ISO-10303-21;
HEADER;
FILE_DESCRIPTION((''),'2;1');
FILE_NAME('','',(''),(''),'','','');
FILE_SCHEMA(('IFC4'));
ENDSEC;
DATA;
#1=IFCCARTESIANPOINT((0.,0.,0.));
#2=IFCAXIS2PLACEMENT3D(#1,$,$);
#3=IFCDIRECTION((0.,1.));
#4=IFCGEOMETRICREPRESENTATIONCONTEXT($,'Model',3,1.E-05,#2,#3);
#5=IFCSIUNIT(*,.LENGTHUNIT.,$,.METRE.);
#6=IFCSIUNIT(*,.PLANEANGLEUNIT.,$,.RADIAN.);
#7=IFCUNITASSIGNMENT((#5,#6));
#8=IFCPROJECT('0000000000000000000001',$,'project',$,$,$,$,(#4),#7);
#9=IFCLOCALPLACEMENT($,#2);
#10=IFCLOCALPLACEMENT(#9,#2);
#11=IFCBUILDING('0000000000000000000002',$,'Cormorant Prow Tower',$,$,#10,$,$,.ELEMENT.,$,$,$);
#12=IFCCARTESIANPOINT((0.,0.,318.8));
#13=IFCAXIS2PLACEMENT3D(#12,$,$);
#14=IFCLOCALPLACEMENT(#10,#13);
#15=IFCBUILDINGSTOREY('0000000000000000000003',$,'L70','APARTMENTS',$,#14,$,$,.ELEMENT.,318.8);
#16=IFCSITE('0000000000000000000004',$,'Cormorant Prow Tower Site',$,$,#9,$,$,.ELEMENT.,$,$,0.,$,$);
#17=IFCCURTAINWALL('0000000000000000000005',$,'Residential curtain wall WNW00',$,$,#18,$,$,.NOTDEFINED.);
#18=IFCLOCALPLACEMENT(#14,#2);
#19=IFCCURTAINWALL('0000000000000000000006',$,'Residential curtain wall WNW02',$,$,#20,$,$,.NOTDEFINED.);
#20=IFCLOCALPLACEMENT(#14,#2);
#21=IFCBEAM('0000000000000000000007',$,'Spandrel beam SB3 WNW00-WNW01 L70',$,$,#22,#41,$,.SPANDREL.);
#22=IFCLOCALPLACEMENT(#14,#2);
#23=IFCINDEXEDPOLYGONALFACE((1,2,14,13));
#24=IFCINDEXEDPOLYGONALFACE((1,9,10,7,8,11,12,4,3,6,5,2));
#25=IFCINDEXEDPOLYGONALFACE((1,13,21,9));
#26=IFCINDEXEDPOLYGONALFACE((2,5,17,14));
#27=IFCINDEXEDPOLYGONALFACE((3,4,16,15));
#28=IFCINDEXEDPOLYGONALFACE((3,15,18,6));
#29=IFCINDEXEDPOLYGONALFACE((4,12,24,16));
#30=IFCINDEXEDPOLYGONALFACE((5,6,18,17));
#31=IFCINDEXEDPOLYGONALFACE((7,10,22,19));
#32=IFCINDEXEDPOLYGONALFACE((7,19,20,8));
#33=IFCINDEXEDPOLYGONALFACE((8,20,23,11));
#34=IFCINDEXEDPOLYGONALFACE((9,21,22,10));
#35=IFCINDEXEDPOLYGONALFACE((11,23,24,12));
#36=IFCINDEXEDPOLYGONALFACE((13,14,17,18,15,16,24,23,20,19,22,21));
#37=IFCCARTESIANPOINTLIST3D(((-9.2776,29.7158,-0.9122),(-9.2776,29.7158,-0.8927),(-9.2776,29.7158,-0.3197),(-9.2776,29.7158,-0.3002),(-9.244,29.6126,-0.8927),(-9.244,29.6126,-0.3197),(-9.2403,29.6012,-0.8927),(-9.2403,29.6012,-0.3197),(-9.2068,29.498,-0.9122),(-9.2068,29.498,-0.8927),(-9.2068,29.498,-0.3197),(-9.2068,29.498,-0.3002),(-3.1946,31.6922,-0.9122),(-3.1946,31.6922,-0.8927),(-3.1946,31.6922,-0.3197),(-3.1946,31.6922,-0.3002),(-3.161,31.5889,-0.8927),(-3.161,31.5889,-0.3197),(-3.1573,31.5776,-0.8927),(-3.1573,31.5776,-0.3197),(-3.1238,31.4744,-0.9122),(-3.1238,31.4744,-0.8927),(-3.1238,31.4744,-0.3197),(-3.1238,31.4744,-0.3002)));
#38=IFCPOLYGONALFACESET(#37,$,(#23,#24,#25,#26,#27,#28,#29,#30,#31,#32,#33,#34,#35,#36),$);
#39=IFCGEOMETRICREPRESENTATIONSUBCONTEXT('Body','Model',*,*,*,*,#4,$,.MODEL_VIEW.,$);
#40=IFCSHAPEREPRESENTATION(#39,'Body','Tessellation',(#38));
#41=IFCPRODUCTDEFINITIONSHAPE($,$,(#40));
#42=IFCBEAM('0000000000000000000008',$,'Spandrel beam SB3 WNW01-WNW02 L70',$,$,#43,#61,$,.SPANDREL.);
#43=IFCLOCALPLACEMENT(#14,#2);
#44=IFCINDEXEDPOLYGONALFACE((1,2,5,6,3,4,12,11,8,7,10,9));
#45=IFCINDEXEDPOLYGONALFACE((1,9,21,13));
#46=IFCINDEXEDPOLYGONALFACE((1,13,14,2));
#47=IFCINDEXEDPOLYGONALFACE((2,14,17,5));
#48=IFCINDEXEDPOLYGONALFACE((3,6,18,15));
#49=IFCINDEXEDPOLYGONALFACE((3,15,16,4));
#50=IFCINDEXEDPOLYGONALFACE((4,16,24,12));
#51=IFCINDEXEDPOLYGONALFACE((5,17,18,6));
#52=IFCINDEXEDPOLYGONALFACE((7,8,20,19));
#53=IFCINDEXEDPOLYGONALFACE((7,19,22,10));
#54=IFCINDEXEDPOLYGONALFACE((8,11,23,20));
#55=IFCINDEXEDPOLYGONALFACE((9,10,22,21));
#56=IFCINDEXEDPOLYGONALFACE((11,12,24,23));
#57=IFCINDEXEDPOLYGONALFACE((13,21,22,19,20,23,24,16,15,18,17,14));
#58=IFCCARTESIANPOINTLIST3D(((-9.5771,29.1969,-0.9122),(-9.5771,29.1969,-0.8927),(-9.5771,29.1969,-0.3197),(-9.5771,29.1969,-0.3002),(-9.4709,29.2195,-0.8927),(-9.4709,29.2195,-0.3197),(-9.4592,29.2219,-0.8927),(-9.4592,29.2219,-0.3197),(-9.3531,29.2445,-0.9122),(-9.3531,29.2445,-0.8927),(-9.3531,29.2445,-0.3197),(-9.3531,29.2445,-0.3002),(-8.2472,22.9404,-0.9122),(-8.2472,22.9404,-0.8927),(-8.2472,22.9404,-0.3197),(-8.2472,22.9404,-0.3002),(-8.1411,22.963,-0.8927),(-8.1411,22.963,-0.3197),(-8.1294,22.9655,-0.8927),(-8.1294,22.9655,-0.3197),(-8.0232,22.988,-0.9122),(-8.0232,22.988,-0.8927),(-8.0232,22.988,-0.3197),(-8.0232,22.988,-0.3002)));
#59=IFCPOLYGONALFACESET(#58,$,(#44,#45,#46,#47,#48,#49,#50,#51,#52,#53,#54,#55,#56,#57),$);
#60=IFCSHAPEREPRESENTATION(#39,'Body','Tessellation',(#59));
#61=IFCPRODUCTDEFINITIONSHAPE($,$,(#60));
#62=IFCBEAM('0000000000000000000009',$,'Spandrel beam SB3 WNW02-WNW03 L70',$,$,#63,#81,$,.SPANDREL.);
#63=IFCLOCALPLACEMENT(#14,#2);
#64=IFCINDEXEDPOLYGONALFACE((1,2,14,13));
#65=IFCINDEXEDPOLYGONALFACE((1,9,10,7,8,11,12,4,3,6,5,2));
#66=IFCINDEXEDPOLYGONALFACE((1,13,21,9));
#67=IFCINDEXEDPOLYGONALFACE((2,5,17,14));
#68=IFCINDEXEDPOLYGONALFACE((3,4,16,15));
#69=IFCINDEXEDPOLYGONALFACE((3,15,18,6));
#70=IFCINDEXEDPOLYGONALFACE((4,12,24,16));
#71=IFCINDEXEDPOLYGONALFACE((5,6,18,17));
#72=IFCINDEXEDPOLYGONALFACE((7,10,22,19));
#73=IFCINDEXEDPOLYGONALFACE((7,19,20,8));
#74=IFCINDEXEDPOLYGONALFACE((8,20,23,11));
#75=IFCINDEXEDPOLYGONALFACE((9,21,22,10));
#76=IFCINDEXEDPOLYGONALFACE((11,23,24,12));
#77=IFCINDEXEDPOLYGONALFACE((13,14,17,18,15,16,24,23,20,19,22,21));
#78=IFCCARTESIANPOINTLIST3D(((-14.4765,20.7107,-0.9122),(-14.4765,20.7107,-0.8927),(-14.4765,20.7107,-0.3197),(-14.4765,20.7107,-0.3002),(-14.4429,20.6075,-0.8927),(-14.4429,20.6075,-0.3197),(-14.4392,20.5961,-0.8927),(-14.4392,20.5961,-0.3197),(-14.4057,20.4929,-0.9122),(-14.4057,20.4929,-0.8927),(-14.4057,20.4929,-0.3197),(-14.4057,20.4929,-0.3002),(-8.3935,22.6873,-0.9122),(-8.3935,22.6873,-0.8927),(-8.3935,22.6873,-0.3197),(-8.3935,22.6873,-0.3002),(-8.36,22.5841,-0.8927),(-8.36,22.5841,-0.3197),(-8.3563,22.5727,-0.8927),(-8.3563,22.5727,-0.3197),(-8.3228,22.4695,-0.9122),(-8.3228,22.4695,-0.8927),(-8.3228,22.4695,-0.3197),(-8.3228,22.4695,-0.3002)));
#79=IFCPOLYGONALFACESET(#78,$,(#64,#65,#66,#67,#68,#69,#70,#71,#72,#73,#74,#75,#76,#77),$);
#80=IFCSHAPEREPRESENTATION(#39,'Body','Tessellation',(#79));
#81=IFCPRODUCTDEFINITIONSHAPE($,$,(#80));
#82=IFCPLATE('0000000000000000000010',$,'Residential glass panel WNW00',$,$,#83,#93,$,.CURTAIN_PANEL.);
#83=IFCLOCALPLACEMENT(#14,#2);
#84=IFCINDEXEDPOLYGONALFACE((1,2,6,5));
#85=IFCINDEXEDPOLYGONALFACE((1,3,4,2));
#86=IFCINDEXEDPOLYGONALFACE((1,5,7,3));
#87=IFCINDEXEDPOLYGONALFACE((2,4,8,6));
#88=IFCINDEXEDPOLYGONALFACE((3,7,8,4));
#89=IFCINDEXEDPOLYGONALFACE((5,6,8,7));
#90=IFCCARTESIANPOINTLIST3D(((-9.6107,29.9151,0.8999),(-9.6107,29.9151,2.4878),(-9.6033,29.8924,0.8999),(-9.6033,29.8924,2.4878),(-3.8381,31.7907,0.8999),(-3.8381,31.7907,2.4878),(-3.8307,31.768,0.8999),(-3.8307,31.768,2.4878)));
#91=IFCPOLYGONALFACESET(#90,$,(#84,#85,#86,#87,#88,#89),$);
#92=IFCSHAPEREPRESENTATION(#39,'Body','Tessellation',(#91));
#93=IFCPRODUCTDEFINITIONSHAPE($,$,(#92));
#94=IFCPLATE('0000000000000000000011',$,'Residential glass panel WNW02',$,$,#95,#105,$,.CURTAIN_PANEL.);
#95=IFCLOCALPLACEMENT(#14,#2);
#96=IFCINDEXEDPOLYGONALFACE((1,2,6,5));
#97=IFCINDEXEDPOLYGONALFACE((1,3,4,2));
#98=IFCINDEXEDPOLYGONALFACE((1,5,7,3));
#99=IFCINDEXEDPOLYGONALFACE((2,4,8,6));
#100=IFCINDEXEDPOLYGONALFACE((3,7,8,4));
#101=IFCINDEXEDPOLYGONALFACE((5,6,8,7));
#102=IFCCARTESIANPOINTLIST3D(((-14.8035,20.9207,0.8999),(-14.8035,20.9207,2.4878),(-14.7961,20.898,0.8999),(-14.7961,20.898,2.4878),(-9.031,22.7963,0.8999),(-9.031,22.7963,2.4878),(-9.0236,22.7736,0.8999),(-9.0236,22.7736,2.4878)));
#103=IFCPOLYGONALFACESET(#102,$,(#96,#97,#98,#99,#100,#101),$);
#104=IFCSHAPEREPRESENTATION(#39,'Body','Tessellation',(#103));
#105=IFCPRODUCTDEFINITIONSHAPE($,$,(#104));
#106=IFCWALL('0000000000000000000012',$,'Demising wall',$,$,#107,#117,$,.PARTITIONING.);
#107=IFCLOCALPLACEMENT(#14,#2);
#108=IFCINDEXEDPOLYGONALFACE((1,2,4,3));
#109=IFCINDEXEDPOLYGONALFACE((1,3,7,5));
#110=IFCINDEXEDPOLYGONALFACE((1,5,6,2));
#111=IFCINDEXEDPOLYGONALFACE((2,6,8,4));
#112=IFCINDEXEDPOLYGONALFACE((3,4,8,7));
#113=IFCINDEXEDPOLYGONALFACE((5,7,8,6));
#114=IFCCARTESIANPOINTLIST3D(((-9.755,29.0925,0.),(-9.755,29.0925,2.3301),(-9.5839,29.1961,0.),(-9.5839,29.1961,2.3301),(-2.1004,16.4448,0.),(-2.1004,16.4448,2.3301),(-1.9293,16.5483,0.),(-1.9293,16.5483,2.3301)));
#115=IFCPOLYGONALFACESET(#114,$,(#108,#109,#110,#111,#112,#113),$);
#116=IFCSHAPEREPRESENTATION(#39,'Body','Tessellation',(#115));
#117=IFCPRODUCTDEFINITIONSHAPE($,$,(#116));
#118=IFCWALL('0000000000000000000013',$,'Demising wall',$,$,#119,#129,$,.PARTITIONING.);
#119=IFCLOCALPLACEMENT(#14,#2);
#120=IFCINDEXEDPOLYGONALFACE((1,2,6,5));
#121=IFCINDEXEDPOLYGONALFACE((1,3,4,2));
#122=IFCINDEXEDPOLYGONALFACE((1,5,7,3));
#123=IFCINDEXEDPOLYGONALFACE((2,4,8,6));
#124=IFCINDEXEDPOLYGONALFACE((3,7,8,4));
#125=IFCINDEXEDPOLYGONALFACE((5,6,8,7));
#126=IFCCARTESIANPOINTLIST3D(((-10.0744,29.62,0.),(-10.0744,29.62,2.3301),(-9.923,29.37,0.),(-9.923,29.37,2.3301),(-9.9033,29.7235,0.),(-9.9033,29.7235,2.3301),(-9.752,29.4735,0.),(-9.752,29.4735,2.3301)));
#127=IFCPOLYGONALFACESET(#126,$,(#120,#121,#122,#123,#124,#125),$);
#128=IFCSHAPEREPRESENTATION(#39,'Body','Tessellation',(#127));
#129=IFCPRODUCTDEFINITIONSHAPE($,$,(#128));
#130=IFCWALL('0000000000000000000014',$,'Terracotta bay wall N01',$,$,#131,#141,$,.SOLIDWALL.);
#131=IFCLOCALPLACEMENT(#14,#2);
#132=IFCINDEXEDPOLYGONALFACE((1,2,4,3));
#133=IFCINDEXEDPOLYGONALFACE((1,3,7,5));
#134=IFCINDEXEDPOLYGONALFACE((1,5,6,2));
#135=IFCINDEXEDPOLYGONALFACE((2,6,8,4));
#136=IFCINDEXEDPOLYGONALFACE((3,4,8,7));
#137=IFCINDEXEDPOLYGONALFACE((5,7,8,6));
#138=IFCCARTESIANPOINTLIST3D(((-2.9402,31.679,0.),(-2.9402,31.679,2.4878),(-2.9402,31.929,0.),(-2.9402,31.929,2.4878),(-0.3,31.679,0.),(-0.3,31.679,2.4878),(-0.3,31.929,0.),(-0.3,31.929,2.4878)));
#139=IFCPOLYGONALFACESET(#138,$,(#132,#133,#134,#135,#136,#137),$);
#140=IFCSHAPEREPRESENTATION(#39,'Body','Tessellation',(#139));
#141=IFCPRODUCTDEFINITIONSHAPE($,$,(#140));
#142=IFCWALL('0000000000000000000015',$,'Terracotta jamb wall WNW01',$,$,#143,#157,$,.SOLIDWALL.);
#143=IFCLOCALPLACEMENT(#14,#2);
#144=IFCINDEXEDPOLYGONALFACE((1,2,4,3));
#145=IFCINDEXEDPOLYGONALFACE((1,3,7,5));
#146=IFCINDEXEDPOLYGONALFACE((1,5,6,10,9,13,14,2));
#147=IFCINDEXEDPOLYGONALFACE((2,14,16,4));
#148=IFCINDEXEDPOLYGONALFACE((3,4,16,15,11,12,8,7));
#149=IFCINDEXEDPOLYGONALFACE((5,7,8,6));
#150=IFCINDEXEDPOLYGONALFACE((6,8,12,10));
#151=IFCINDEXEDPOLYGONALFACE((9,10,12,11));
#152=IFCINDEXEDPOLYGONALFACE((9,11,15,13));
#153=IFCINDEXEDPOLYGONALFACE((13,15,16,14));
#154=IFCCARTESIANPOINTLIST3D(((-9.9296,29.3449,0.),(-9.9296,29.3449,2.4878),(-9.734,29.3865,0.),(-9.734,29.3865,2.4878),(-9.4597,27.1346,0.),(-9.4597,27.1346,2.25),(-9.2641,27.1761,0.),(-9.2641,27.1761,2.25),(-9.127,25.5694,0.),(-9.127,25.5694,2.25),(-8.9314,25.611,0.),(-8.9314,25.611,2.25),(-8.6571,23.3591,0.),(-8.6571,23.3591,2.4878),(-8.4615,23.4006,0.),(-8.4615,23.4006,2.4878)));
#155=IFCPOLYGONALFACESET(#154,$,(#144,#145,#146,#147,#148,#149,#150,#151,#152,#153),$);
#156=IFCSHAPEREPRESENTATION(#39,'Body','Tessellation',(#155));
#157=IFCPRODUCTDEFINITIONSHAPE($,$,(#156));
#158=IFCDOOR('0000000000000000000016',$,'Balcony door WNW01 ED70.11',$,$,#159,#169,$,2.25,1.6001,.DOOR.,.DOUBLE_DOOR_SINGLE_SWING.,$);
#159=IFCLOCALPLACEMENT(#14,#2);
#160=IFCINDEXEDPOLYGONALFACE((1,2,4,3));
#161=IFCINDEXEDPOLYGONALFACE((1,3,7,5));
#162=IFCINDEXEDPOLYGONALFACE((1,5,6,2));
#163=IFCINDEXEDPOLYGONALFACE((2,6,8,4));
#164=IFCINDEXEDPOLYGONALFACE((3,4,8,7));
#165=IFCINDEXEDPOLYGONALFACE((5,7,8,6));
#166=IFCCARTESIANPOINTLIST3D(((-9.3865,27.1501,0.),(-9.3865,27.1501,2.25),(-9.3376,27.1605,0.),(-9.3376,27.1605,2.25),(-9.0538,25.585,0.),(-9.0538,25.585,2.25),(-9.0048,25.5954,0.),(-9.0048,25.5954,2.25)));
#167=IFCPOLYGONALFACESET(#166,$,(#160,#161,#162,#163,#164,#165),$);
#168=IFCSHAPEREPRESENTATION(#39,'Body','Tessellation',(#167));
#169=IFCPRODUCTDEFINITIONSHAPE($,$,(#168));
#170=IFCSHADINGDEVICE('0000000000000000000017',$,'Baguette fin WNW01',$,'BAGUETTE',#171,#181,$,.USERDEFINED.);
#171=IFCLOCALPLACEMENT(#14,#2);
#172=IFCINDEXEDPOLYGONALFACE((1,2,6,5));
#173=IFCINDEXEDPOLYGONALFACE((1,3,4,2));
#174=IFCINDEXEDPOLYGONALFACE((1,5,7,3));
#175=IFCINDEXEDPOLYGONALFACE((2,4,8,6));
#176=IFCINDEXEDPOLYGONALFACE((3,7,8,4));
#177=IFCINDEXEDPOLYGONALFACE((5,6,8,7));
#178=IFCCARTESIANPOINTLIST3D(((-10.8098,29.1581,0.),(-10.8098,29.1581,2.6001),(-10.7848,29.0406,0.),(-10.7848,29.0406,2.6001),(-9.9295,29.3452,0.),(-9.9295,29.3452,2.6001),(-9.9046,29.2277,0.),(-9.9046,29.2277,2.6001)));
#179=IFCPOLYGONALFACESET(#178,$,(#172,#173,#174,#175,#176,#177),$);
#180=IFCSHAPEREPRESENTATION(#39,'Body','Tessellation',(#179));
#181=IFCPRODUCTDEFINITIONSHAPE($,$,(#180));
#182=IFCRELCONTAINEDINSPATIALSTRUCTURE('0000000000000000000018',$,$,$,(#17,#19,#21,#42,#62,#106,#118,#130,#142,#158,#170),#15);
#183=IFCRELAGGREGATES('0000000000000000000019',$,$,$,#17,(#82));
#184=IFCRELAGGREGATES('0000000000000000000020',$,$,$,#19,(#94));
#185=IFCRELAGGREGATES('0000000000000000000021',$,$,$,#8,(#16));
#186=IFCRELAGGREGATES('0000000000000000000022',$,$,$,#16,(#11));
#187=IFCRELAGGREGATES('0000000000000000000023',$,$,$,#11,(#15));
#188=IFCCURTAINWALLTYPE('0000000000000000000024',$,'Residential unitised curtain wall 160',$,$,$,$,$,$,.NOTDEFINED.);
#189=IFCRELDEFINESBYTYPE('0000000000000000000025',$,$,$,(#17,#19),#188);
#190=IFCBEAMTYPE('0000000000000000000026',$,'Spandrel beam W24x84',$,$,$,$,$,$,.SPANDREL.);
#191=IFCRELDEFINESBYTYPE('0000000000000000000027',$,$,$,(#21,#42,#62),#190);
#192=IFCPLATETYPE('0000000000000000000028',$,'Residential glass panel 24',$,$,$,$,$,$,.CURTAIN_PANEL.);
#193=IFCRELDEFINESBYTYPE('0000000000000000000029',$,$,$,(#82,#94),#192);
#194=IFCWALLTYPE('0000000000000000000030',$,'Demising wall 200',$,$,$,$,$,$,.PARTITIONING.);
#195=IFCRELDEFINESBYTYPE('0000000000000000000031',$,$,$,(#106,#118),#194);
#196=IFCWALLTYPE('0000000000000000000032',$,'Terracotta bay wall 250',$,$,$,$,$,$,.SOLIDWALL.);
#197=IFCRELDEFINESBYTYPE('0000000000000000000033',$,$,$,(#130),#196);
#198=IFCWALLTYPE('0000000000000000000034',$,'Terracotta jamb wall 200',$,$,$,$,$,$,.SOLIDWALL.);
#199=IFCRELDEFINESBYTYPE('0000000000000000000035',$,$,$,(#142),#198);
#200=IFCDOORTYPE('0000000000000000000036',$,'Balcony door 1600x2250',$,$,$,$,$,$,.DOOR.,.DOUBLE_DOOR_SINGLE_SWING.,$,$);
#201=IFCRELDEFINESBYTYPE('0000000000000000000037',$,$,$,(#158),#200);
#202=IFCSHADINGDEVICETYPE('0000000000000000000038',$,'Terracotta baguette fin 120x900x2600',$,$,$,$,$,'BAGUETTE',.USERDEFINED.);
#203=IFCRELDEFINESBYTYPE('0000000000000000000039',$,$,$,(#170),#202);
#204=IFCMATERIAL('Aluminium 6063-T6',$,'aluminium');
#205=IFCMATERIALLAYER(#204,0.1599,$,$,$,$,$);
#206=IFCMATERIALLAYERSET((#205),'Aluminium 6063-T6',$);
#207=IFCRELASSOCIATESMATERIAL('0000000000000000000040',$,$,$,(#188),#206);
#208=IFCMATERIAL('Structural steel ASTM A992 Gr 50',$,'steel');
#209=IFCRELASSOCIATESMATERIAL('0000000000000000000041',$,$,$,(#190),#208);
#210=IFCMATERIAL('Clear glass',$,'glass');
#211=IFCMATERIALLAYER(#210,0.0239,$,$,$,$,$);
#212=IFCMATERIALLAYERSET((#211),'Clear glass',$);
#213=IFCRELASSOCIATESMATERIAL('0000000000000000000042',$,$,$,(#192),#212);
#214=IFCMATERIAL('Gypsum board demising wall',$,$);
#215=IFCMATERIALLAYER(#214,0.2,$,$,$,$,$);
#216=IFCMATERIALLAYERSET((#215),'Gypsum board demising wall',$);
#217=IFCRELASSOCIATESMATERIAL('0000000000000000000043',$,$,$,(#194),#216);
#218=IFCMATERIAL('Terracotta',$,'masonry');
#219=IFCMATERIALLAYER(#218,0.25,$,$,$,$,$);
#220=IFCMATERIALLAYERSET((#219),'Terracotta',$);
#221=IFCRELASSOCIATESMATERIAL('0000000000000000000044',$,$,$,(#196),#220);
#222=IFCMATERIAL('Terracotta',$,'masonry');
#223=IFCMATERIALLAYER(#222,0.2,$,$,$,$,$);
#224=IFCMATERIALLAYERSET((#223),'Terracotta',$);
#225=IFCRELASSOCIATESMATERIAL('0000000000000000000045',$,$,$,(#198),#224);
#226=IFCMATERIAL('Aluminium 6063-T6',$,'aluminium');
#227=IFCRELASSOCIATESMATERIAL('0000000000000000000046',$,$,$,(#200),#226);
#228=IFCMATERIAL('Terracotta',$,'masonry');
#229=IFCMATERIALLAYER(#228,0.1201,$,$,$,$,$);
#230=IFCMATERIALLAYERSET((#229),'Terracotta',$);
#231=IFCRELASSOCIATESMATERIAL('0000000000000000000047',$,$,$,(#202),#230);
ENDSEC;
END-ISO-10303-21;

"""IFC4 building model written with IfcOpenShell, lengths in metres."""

from ifc_helpers import new_model, si_unit, direction, frame, frame_2d, origin, origin_2d, place, context, subcontext, project, spatial, rectangle, i_section, extrude, material, layer, layer_set, material_profile, profile_set, type_object, element, fill, aggregate, save


model = new_model("IFC4")

# Units and contexts
model_context = context("Model", 3, precision=1e-05, world=origin(), true_north=direction((0.0, 1.0)))
body_context = subcontext(model_context, "Body", "Model", "MODEL_VIEW")
ifc_project = project(units=[si_unit("LENGTHUNIT", "METRE"), si_unit("PLANEANGLEUNIT", "RADIAN")], contexts=[model_context])

# Site, building, storey
site_placement = place(None, origin())
site = spatial("IfcSite", under=ifc_project, at=site_placement, Name="Cormorant Prow Tower Site", CompositionType="ELEMENT", RefElevation=0.0)
building_placement = place(site_placement, origin())
building = spatial("IfcBuilding", under=site, at=building_placement, Name="Cormorant Prow Tower", CompositionType="ELEMENT")
storey_placement = place(building_placement, frame((0.0, 0.0, 318.8)))
storey = spatial("IfcBuildingStorey", under=building, at=storey_placement, Name="L70", Description="APARTMENTS", CompositionType="ELEMENT", Elevation=318.8)

# Curtain walls
ifc_material_1 = material(Name="Aluminium 6063-T6", Category="aluminium")
ifc_layer_1 = layer(ifc_material_1, 0.1599)
ifc_layer_set_1 = layer_set([ifc_layer_1], Name="Aluminium 6063-T6")
curtain_wall_type = type_object("IfcCurtainWallType", Name="Residential unitised curtain wall 160", PredefinedType="NOTDEFINED", material=ifc_layer_set_1)
curtain_wall_1_placement = place(storey_placement, origin())
curtain_wall_1 = element("IfcCurtainWall", 1, at=curtain_wall_1_placement, inside=storey, type_object=curtain_wall_type, Name="Residential curtain wall WNW00", PredefinedType="NOTDEFINED")
curtain_wall_2_placement = place(storey_placement, origin())
curtain_wall_2 = element("IfcCurtainWall", 2, at=curtain_wall_2_placement, inside=storey, type_object=curtain_wall_type, Name="Residential curtain wall WNW02", PredefinedType="NOTDEFINED")

# Beams
ifc_material_2 = material(Name="Structural steel ASTM A992 Gr 50", Category="steel")
ifc_material_profile_1 = material_profile(ifc_material_2, i_section(OverallWidth=0.229, OverallDepth=0.6121, WebThickness=0.012, FlangeThickness=0.0195, at=origin_2d()), Name="W24x84")
ifc_profile_set_1 = profile_set([ifc_material_profile_1], Name="Structural steel ASTM A992 Gr 50")
beam_type = type_object("IfcBeamType", Name="Spandrel beam W24x84", PredefinedType="SPANDREL", material=ifc_profile_set_1)
beam_1_placement = place(storey_placement, frame((-3.1592, 31.5833, -0.6062), z_axis=(-0.951064, -0.308993, 0.0), x_axis=(0.308993, -0.951064, 0.0)))
element("IfcBeam", 3, at=beam_1_placement, inside=storey, type_object=beam_type, Name="Spandrel beam SB3 WNW00-WNW01 L70", PredefinedType="SPANDREL", context=body_context, shape_type="SweptSolid", body=[
    extrude(i_section(OverallWidth=0.229, OverallDepth=0.6121, WebThickness=0.012, FlangeThickness=0.0195, at=origin_2d()), origin(), (0.0, 0.0, 1.0), 6.396),
])
beam_2_placement = place(storey_placement, frame((-9.4651, 29.2207, -0.6062), z_axis=(0.207913, -0.978147, 0.0), x_axis=(0.978147, 0.207913, 0.0)))
element("IfcBeam", 4, at=beam_2_placement, inside=storey, type_object=beam_type, Name="Spandrel beam SB3 WNW01-WNW02 L70", PredefinedType="SPANDREL", context=body_context, shape_type="SweptSolid", body=[
    extrude(i_section(OverallWidth=0.229, OverallDepth=0.6121, WebThickness=0.012, FlangeThickness=0.0195, at=origin_2d()), origin(), (0.0, 0.0, 1.0), 6.3962),
])
beam_3_placement = place(storey_placement, frame((-8.3582, 22.5784, -0.6062), z_axis=(-0.951053, -0.309027, 0.0), x_axis=(0.309027, -0.951053, 0.0)))
element("IfcBeam", 5, at=beam_3_placement, inside=storey, type_object=beam_type, Name="Spandrel beam SB3 WNW02-WNW03 L70", PredefinedType="SPANDREL", context=body_context, shape_type="SweptSolid", body=[
    extrude(i_section(OverallWidth=0.229, OverallDepth=0.6121, WebThickness=0.012, FlangeThickness=0.0195, at=origin_2d()), origin(), (0.0, 0.0, 1.0), 6.396),
])

# Plates
ifc_material_3 = material(Name="Clear glass", Category="glass")
ifc_layer_2 = layer(ifc_material_3, 0.0239)
ifc_layer_set_2 = layer_set([ifc_layer_2], Name="Clear glass")
plate_type = type_object("IfcPlateType", Name="Residential glass panel 24", PredefinedType="CURTAIN_PANEL", material=ifc_layer_set_2)
plate_1_placement = place(storey_placement, frame((-6.7207, 30.8416, 0.8999), z_axis=(0.0, 0.0, 1.0), x_axis=(-0.951057, -0.309017, 0.0)))
plate_1 = element("IfcPlate", 6, at=plate_1_placement, type_object=plate_type, Name="Residential glass panel WNW00", PredefinedType="CURTAIN_PANEL", context=body_context, shape_type="SweptSolid", body=[
    extrude(rectangle(XDim=6.0696, YDim=0.0239, at=origin_2d()), origin(), (0.0, 0.0, 1.0), 1.5879),
])
aggregate(curtain_wall_1, [plate_1])
plate_2_placement = place(storey_placement, frame((-11.9136, 21.8472, 0.8999), z_axis=(0.0, 0.0, 1.0), x_axis=(-0.951057, -0.309017, 0.0)))
plate_2 = element("IfcPlate", 7, at=plate_2_placement, type_object=plate_type, Name="Residential glass panel WNW02", PredefinedType="CURTAIN_PANEL", context=body_context, shape_type="SweptSolid", body=[
    extrude(rectangle(XDim=6.0696, YDim=0.0239, at=origin_2d()), origin(), (0.0, 0.0, 1.0), 1.5879),
])
aggregate(curtain_wall_2, [plate_2])

# Walls
ifc_material_4 = material(Name="Gypsum board demising wall")
ifc_layer_3 = layer(ifc_material_4, 0.2)
ifc_layer_set_3 = layer_set([ifc_layer_3], Name="Gypsum board demising wall")
wall_type_1 = type_object("IfcWallType", Name="Demising wall 200", PredefinedType="PARTITIONING", material=ifc_layer_set_3)
wall_1_placement = place(storey_placement, frame((-9.6694, 29.1443, 0.0), z_axis=(0.0, 0.0, 1.0), x_axis=(0.517771, -0.85552, 0.0)))
element("IfcWall", 8, at=wall_1_placement, inside=storey, type_object=wall_type_1, Name="Demising wall", PredefinedType="PARTITIONING", context=body_context, shape_type="SweptSolid", body=[
    extrude(rectangle(XDim=14.7837, YDim=0.2, at=frame_2d((7.3918, 0.0))), origin(), (0.0, 0.0, 1.0), 2.3301),
])
wall_2_placement = place(storey_placement, frame((-9.9888, 29.6716, 0.0), z_axis=(0.0, 0.0, 1.0), x_axis=(0.517931, -0.855422, 0.0)))
element("IfcWall", 9, at=wall_2_placement, inside=storey, type_object=wall_type_1, Name="Demising wall", PredefinedType="PARTITIONING", context=body_context, shape_type="SweptSolid", body=[
    extrude(rectangle(XDim=0.2922, YDim=0.2, at=frame_2d((0.146, 0.0))), origin(), (0.0, 0.0, 1.0), 2.3301),
])
ifc_material_5 = material(Name="Terracotta", Category="masonry")
ifc_layer_4 = layer(ifc_material_5, 0.25)
ifc_layer_set_4 = layer_set([ifc_layer_4], Name="Terracotta")
wall_type_2 = type_object("IfcWallType", Name="Terracotta bay wall 250", PredefinedType="SOLIDWALL", material=ifc_layer_set_4)
wall_3_placement = place(storey_placement, frame((-0.3, 31.804, 0.0), z_axis=(0.0, 0.0, 1.0), x_axis=(-1.0, 0.0, 0.0)))
element("IfcWall", 10, at=wall_3_placement, inside=storey, type_object=wall_type_2, Name="Terracotta bay wall N01", PredefinedType="SOLIDWALL", context=body_context, shape_type="SweptSolid", body=[
    extrude(rectangle(XDim=2.6401, YDim=0.25, at=frame_2d((1.3201, 0.0))), origin(), (0.0, 0.0, 1.0), 2.4878),
])

# Wall, opening, door
ifc_material_6 = material(Name="Terracotta", Category="masonry")
ifc_layer_5 = layer(ifc_material_6, 0.2)
ifc_layer_set_5 = layer_set([ifc_layer_5], Name="Terracotta")
wall_type_3 = type_object("IfcWallType", Name="Terracotta jamb wall 200", PredefinedType="SOLIDWALL", material=ifc_layer_set_5)
wall_4_placement = place(storey_placement, frame((-9.8318, 29.3657, 0.0), z_axis=(0.0, 0.0, 1.0), x_axis=(0.207932, -0.978143, 0.0)))
wall_4 = element("IfcWall", 11, at=wall_4_placement, inside=storey, type_object=wall_type_3, Name="Terracotta jamb wall WNW01", PredefinedType="SOLIDWALL", context=body_context, shape_type="SweptSolid", body=[
    extrude(rectangle(XDim=6.1196, YDim=0.2, at=frame_2d((3.0598, 0.0))), origin(), (0.0, 0.0, 1.0), 2.4878),
])
opening_placement = place(wall_4_placement, frame((2.2598, 0.0, 0.0)))
opening = element("IfcOpeningElement", 12, at=opening_placement, cuts=wall_4, PredefinedType="OPENING", context=body_context, shape_type="SweptSolid", body=[
    extrude(rectangle(XDim=1.6001, YDim=2.25, at=frame_2d((0.8, 1.125))), frame((0.0, 0.1099, 0.0), z_axis=(0.0, -1.0, 0.0), x_axis=(1.0, 0.0, 0.0)), (0.0, 0.0, 1.0), 0.22),
])
ifc_material_7 = material(Name="Aluminium 6063-T6", Category="aluminium")
door_type = type_object("IfcDoorType", Name="Balcony door 1600x2250", OperationType="DOUBLE_DOOR_SINGLE_SWING", PredefinedType="DOOR", material=ifc_material_7)
door_placement = place(opening_placement, origin())
door = element("IfcDoor", 13, at=door_placement, inside=storey, type_object=door_type, Name="Balcony door WNW01 ED70.11", OperationType="DOUBLE_DOOR_SINGLE_SWING", OverallHeight=2.25, OverallWidth=1.6001, PredefinedType="DOOR", context=body_context, shape_type="SweptSolid", body=[
    extrude(rectangle(XDim=1.6001, YDim=2.25, at=frame_2d((0.8, 1.125))), frame((0.0, 0.0249, 0.0), z_axis=(0.0, -1.0, 0.0), x_axis=(1.0, 0.0, 0.0)), (0.0, 0.0, 1.0), 0.05),
])
fill(opening, door)

# Shading device
ifc_material_8 = material(Name="Terracotta", Category="masonry")
ifc_layer_6 = layer(ifc_material_8, 0.1201)
ifc_layer_set_6 = layer_set([ifc_layer_6], Name="Terracotta")
shading_device_type = type_object("IfcShadingDeviceType", Name="Terracotta baguette fin 120x900x2600", ElementType="BAGUETTE", PredefinedType="USERDEFINED", material=ifc_layer_set_6)
shading_device_placement = place(storey_placement, frame((-10.3572, 29.1929, 0.0), z_axis=(0.0, 0.0, 1.0), x_axis=(0.207912, -0.978148, 0.0)))
element("IfcShadingDevice", 14, at=shading_device_placement, inside=storey, type_object=shading_device_type, Name="Baguette fin WNW01", ObjectType="BAGUETTE", PredefinedType="USERDEFINED", context=body_context, shape_type="SweptSolid", body=[
    extrude(rectangle(XDim=0.1201, YDim=0.8999, at=origin_2d()), origin(), (0.0, 0.0, 1.0), 2.6001),
])

save(model, "model.ifc")
